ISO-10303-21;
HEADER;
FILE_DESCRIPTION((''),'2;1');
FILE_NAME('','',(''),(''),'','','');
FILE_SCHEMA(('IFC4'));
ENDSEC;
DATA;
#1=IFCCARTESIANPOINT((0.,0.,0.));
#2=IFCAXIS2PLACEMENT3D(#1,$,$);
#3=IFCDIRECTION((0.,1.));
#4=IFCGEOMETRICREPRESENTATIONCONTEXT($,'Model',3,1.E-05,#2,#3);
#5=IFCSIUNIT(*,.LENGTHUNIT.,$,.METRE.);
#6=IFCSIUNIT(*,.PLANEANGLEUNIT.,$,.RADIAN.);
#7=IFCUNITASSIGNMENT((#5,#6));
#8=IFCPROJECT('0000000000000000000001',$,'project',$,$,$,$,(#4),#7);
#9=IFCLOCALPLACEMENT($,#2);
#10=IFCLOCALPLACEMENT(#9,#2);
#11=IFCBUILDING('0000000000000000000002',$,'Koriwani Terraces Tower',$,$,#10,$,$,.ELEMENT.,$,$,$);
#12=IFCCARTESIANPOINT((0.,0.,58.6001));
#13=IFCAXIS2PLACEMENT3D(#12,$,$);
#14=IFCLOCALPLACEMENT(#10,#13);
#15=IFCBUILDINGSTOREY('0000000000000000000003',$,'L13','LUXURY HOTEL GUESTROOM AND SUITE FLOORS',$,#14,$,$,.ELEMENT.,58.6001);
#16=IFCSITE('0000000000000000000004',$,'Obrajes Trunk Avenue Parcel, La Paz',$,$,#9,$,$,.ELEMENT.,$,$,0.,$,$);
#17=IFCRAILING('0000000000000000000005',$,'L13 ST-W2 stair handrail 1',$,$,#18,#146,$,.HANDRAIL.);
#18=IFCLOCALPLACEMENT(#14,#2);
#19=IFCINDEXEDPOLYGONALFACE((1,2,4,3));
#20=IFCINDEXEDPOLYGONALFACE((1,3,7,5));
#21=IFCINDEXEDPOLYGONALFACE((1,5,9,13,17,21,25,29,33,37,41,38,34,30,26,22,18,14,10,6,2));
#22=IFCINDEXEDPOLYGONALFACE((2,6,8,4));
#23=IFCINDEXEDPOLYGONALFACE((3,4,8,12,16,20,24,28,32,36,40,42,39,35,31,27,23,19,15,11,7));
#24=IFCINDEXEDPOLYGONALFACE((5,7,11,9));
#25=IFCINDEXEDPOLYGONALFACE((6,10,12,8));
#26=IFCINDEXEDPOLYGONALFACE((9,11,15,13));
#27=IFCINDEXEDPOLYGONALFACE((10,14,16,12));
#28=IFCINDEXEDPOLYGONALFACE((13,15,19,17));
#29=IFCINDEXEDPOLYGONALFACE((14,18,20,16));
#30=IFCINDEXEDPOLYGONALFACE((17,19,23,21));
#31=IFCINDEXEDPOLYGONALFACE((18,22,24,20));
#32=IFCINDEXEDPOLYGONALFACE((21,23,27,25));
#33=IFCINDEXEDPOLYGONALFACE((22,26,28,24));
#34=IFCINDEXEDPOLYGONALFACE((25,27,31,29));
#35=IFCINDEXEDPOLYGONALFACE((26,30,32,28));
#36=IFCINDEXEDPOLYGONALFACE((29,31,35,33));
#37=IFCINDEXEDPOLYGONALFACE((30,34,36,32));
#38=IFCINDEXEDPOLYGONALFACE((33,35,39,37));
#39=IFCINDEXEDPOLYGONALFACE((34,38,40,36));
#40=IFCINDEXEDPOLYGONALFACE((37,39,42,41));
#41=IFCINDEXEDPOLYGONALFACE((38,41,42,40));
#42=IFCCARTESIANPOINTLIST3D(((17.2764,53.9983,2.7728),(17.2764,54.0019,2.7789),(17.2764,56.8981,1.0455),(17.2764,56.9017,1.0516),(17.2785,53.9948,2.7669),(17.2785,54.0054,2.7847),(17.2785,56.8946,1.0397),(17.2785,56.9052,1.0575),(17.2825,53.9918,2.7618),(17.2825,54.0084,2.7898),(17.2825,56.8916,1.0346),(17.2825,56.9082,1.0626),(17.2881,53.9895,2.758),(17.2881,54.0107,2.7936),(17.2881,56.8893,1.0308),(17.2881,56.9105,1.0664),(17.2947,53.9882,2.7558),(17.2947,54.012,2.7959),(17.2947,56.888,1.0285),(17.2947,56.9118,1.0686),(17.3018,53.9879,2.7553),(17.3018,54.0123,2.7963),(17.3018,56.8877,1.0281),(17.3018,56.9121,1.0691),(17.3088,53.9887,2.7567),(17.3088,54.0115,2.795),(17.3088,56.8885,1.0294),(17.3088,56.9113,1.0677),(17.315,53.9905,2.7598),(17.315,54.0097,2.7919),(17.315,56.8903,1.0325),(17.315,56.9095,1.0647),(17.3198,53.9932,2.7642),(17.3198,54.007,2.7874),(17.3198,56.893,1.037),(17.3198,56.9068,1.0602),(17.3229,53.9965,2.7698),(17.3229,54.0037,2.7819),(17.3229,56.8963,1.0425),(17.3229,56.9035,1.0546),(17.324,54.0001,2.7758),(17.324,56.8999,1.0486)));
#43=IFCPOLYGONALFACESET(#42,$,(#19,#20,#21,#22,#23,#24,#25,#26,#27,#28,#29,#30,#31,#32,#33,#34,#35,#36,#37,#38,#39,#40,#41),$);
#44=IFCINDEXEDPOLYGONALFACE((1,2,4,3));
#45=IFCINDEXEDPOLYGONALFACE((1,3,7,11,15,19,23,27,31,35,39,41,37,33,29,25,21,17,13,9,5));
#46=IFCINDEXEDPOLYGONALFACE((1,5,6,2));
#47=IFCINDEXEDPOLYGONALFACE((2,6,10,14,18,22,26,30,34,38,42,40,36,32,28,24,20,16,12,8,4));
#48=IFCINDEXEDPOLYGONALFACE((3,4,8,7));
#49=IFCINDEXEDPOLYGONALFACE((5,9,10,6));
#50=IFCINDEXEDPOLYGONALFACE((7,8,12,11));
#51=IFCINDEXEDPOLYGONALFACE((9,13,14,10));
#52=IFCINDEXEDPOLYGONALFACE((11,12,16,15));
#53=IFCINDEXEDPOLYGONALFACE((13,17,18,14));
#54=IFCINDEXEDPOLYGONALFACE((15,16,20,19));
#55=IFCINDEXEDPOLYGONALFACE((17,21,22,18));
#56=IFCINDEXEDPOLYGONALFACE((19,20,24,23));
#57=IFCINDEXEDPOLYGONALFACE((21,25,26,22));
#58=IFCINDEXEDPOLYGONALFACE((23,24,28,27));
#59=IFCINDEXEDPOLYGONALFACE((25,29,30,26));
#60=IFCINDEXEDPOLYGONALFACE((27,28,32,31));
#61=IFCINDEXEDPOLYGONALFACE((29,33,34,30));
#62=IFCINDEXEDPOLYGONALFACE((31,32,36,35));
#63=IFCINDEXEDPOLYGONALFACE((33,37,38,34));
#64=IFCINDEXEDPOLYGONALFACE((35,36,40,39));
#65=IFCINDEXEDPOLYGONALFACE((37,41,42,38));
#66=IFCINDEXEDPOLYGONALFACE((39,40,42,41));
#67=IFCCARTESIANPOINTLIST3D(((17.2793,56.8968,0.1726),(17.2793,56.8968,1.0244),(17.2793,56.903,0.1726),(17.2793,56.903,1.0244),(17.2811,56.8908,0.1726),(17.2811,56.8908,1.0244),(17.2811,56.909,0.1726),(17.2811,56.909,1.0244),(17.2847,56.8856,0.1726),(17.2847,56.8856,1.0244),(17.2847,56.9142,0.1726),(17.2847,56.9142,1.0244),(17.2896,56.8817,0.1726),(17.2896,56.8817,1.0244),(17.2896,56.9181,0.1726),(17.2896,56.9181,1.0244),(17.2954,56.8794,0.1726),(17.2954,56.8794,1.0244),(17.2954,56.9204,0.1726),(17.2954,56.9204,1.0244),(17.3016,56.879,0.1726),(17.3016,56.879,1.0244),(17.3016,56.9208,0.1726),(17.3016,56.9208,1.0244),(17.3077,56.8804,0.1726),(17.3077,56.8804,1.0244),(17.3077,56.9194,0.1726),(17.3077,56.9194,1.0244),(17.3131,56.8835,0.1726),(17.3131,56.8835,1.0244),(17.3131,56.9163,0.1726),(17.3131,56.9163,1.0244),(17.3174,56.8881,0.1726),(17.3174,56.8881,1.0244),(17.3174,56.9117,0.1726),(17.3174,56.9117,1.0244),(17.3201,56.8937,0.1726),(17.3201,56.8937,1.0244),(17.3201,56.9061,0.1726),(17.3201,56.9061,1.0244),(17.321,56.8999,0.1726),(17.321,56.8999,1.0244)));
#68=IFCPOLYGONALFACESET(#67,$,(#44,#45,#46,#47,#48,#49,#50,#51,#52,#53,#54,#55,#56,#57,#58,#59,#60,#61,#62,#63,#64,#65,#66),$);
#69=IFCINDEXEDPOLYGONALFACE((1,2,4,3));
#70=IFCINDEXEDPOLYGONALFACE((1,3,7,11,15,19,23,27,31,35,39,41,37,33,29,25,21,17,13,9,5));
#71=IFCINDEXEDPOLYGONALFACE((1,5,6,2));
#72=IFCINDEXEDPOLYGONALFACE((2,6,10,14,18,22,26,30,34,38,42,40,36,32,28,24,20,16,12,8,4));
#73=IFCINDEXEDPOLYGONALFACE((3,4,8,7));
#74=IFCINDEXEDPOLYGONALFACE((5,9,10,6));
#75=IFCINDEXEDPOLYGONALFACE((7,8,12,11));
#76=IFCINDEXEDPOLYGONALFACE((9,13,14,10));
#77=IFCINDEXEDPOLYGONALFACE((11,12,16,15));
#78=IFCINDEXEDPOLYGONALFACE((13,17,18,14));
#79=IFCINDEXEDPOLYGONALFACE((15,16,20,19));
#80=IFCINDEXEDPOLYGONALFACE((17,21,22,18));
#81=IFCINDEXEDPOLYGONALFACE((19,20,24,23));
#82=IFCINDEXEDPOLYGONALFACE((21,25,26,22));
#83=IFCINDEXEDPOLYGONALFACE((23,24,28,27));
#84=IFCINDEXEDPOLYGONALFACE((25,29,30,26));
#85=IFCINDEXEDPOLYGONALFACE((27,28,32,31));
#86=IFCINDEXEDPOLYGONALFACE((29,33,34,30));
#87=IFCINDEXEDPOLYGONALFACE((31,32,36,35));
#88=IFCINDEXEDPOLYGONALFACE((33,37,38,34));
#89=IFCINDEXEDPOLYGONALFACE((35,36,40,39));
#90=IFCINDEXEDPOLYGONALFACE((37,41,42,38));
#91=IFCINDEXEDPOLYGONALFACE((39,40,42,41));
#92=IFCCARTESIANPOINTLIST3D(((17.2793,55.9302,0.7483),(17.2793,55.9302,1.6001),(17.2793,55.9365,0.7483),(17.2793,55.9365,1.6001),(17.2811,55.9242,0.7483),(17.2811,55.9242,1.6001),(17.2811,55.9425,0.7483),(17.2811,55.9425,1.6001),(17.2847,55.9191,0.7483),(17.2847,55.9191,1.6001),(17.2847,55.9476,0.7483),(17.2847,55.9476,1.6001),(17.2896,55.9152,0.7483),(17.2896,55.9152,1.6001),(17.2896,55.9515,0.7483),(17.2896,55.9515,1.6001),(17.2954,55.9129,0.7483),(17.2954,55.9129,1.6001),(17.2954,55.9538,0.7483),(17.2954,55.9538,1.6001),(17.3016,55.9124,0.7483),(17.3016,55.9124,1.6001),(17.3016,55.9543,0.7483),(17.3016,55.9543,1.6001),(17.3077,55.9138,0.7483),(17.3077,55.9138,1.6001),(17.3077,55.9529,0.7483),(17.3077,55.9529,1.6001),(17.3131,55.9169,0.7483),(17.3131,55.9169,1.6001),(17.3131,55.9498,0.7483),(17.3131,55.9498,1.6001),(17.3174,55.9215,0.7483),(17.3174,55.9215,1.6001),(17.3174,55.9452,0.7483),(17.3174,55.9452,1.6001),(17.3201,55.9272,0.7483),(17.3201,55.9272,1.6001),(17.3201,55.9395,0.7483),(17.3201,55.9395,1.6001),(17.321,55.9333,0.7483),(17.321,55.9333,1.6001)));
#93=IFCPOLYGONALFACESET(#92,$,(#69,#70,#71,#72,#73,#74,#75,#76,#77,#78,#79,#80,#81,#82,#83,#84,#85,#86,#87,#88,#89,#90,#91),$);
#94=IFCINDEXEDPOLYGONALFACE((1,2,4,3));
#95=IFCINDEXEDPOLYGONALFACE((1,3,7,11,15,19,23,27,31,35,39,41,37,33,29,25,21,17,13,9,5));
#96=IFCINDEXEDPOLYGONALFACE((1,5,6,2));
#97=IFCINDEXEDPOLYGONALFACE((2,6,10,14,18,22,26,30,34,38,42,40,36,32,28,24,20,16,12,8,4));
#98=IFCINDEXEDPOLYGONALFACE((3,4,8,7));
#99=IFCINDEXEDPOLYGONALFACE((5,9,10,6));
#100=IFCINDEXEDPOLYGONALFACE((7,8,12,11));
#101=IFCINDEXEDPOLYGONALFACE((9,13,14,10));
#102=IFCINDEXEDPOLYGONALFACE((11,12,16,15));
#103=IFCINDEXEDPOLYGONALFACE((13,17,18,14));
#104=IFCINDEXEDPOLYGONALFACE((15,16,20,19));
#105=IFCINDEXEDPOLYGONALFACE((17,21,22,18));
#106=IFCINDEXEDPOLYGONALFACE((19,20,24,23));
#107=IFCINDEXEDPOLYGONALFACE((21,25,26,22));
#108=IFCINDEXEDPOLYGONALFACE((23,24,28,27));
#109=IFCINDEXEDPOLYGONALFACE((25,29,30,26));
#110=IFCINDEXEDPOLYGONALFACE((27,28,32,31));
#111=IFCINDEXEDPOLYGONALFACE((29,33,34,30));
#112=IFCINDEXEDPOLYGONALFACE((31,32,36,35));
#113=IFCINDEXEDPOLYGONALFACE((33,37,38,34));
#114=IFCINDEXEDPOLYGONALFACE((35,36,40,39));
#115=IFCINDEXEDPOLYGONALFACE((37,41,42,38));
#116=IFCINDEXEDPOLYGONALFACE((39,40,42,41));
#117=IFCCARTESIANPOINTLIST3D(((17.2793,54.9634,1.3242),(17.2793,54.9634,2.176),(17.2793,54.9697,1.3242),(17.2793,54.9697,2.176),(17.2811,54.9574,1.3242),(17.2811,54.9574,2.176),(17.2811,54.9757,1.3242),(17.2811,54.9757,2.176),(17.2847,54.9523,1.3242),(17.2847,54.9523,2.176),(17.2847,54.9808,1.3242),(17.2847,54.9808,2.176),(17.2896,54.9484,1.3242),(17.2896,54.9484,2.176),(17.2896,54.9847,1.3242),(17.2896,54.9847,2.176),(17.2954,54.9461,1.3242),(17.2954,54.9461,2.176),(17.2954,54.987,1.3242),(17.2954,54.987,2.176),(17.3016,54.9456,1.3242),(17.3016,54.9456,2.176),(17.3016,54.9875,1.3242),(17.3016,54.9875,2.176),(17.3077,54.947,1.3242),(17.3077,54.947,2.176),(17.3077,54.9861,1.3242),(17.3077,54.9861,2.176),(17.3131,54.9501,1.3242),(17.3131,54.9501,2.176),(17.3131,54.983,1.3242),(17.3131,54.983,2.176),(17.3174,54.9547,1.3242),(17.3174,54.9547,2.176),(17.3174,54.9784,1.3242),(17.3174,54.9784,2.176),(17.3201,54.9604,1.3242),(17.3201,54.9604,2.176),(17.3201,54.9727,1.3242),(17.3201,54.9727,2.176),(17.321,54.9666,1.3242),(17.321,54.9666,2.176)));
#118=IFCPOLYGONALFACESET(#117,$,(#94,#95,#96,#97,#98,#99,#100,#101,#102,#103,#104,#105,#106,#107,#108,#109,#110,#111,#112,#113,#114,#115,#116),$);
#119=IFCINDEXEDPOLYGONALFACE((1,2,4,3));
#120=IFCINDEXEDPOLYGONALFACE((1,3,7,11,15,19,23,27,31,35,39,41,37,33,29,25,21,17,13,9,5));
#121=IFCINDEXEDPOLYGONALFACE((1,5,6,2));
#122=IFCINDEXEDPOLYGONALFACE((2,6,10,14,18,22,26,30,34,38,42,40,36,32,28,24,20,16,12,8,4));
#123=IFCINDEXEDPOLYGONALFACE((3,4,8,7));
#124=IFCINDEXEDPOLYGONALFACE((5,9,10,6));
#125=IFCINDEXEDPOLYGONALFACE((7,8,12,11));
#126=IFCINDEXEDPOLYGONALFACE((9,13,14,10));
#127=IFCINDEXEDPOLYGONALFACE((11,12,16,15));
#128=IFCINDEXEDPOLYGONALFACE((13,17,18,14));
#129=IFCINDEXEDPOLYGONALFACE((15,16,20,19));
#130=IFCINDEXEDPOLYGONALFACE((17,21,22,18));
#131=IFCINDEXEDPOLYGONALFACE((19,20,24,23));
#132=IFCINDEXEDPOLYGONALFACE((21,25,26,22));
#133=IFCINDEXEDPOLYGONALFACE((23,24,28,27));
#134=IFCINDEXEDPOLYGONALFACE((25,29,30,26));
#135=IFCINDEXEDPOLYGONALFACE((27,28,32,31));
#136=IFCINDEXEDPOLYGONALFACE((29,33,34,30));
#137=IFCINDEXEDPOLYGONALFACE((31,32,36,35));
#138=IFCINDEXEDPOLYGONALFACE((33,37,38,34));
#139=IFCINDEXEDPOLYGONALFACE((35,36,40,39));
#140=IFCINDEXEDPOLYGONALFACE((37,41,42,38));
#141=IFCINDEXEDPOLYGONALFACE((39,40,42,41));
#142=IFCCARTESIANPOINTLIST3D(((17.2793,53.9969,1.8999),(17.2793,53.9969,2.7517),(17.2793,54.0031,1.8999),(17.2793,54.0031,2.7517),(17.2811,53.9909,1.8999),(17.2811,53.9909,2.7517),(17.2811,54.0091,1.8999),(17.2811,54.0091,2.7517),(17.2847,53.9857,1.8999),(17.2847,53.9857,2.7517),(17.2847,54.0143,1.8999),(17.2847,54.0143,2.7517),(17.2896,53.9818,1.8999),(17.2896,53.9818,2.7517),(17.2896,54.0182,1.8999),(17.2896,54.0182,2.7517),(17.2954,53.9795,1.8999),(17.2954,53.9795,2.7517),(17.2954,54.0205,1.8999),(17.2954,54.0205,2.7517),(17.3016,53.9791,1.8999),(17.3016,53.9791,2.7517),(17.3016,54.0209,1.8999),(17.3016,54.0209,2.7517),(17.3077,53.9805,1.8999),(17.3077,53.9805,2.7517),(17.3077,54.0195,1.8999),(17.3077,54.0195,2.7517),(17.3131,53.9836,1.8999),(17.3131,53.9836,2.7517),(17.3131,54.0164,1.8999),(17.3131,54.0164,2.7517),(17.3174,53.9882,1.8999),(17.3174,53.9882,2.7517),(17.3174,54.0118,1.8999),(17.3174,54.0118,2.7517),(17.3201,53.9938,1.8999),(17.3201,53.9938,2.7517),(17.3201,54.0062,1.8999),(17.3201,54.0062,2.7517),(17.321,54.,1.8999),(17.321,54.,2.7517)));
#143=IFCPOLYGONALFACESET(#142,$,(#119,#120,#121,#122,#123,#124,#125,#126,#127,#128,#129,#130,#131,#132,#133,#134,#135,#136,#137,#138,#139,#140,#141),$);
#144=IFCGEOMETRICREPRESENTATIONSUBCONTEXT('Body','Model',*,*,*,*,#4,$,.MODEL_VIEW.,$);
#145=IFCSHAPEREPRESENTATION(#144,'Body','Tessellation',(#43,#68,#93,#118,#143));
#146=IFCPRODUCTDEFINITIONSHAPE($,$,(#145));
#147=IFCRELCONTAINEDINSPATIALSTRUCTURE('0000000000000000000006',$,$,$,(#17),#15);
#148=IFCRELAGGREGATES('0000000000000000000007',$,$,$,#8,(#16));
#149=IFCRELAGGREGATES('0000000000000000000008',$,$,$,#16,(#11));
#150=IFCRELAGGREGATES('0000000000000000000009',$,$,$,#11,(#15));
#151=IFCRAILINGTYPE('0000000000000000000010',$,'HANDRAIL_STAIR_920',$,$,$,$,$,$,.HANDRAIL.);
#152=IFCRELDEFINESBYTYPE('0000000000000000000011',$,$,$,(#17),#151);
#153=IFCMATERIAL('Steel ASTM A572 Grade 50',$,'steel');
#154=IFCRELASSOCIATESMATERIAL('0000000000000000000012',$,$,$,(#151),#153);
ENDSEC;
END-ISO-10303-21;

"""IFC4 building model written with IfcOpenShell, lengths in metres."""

from ifc_helpers import new_model, si_unit, direction, frame, origin, origin_2d, place, context, subcontext, project, spatial, circle, extrude, material, type_object, element, save


model = new_model("IFC4")

# Units and contexts
model_context = context("Model", 3, precision=1e-05, world=origin(), true_north=direction((0.0, 1.0)))
body_context = subcontext(model_context, "Body", "Model", "MODEL_VIEW")
ifc_project = project(units=[si_unit("LENGTHUNIT", "METRE"), si_unit("PLANEANGLEUNIT", "RADIAN")], contexts=[model_context])

# Site, building, storey
site_placement = place(None, origin())
site = spatial("IfcSite", under=ifc_project, at=site_placement, Name="Obrajes Trunk Avenue Parcel, La Paz", CompositionType="ELEMENT", RefElevation=0.0)
building_placement = place(site_placement, origin())
building = spatial("IfcBuilding", under=site, at=building_placement, Name="Koriwani Terraces Tower", CompositionType="ELEMENT")
storey_placement = place(building_placement, frame((0.0, 0.0, 58.6001)))
storey = spatial("IfcBuildingStorey", under=building, at=storey_placement, Name="L13", Description="LUXURY HOTEL GUESTROOM AND SUITE FLOORS", CompositionType="ELEMENT", Elevation=58.6001)

# Shared definitions
ifc_material_1 = material(Name="Steel ASTM A572 Grade 50", Category="steel")

# Railing
railing_type_1 = type_object("IfcRailingType", Name="HANDRAIL_STAIR_920", PredefinedType="HANDRAIL", material=ifc_material_1)
for number, where, name in (
    (1, (17.3, 56.8999, 0.1726), "L13 ST-W2 stair handrail 1"),
):
    element("IfcRailing", number, at=place(storey_placement, frame(where)), inside=storey, type_object=railing_type_1, Name=name, PredefinedType="HANDRAIL", context=body_context, shape_type="SweptSolid", body=[
        extrude(circle(Radius=0.0239, at=origin_2d()), frame((0.0, 0.0, 0.876), z_axis=(0.0, -0.859141, 0.511738), x_axis=(1.0, 0.0, 0.0)), (0.0, 0.0, 1.0), 3.3752),
        extrude(circle(Radius=0.021, at=origin_2d()), origin(), (0.0, 0.0, 1.0), 0.8518),
        extrude(circle(Radius=0.021, at=origin_2d()), frame((0.0, -0.9666, 0.5757)), (0.0, 0.0, 1.0), 0.8518),
        extrude(circle(Radius=0.021, at=origin_2d()), frame((0.0, -1.9333, 1.1516)), (0.0, 0.0, 1.0), 0.8518),
        extrude(circle(Radius=0.021, at=origin_2d()), frame((0.0, -2.8999, 1.7273)), (0.0, 0.0, 1.0), 0.8518),
    ])

save(model, "model.ifc")
